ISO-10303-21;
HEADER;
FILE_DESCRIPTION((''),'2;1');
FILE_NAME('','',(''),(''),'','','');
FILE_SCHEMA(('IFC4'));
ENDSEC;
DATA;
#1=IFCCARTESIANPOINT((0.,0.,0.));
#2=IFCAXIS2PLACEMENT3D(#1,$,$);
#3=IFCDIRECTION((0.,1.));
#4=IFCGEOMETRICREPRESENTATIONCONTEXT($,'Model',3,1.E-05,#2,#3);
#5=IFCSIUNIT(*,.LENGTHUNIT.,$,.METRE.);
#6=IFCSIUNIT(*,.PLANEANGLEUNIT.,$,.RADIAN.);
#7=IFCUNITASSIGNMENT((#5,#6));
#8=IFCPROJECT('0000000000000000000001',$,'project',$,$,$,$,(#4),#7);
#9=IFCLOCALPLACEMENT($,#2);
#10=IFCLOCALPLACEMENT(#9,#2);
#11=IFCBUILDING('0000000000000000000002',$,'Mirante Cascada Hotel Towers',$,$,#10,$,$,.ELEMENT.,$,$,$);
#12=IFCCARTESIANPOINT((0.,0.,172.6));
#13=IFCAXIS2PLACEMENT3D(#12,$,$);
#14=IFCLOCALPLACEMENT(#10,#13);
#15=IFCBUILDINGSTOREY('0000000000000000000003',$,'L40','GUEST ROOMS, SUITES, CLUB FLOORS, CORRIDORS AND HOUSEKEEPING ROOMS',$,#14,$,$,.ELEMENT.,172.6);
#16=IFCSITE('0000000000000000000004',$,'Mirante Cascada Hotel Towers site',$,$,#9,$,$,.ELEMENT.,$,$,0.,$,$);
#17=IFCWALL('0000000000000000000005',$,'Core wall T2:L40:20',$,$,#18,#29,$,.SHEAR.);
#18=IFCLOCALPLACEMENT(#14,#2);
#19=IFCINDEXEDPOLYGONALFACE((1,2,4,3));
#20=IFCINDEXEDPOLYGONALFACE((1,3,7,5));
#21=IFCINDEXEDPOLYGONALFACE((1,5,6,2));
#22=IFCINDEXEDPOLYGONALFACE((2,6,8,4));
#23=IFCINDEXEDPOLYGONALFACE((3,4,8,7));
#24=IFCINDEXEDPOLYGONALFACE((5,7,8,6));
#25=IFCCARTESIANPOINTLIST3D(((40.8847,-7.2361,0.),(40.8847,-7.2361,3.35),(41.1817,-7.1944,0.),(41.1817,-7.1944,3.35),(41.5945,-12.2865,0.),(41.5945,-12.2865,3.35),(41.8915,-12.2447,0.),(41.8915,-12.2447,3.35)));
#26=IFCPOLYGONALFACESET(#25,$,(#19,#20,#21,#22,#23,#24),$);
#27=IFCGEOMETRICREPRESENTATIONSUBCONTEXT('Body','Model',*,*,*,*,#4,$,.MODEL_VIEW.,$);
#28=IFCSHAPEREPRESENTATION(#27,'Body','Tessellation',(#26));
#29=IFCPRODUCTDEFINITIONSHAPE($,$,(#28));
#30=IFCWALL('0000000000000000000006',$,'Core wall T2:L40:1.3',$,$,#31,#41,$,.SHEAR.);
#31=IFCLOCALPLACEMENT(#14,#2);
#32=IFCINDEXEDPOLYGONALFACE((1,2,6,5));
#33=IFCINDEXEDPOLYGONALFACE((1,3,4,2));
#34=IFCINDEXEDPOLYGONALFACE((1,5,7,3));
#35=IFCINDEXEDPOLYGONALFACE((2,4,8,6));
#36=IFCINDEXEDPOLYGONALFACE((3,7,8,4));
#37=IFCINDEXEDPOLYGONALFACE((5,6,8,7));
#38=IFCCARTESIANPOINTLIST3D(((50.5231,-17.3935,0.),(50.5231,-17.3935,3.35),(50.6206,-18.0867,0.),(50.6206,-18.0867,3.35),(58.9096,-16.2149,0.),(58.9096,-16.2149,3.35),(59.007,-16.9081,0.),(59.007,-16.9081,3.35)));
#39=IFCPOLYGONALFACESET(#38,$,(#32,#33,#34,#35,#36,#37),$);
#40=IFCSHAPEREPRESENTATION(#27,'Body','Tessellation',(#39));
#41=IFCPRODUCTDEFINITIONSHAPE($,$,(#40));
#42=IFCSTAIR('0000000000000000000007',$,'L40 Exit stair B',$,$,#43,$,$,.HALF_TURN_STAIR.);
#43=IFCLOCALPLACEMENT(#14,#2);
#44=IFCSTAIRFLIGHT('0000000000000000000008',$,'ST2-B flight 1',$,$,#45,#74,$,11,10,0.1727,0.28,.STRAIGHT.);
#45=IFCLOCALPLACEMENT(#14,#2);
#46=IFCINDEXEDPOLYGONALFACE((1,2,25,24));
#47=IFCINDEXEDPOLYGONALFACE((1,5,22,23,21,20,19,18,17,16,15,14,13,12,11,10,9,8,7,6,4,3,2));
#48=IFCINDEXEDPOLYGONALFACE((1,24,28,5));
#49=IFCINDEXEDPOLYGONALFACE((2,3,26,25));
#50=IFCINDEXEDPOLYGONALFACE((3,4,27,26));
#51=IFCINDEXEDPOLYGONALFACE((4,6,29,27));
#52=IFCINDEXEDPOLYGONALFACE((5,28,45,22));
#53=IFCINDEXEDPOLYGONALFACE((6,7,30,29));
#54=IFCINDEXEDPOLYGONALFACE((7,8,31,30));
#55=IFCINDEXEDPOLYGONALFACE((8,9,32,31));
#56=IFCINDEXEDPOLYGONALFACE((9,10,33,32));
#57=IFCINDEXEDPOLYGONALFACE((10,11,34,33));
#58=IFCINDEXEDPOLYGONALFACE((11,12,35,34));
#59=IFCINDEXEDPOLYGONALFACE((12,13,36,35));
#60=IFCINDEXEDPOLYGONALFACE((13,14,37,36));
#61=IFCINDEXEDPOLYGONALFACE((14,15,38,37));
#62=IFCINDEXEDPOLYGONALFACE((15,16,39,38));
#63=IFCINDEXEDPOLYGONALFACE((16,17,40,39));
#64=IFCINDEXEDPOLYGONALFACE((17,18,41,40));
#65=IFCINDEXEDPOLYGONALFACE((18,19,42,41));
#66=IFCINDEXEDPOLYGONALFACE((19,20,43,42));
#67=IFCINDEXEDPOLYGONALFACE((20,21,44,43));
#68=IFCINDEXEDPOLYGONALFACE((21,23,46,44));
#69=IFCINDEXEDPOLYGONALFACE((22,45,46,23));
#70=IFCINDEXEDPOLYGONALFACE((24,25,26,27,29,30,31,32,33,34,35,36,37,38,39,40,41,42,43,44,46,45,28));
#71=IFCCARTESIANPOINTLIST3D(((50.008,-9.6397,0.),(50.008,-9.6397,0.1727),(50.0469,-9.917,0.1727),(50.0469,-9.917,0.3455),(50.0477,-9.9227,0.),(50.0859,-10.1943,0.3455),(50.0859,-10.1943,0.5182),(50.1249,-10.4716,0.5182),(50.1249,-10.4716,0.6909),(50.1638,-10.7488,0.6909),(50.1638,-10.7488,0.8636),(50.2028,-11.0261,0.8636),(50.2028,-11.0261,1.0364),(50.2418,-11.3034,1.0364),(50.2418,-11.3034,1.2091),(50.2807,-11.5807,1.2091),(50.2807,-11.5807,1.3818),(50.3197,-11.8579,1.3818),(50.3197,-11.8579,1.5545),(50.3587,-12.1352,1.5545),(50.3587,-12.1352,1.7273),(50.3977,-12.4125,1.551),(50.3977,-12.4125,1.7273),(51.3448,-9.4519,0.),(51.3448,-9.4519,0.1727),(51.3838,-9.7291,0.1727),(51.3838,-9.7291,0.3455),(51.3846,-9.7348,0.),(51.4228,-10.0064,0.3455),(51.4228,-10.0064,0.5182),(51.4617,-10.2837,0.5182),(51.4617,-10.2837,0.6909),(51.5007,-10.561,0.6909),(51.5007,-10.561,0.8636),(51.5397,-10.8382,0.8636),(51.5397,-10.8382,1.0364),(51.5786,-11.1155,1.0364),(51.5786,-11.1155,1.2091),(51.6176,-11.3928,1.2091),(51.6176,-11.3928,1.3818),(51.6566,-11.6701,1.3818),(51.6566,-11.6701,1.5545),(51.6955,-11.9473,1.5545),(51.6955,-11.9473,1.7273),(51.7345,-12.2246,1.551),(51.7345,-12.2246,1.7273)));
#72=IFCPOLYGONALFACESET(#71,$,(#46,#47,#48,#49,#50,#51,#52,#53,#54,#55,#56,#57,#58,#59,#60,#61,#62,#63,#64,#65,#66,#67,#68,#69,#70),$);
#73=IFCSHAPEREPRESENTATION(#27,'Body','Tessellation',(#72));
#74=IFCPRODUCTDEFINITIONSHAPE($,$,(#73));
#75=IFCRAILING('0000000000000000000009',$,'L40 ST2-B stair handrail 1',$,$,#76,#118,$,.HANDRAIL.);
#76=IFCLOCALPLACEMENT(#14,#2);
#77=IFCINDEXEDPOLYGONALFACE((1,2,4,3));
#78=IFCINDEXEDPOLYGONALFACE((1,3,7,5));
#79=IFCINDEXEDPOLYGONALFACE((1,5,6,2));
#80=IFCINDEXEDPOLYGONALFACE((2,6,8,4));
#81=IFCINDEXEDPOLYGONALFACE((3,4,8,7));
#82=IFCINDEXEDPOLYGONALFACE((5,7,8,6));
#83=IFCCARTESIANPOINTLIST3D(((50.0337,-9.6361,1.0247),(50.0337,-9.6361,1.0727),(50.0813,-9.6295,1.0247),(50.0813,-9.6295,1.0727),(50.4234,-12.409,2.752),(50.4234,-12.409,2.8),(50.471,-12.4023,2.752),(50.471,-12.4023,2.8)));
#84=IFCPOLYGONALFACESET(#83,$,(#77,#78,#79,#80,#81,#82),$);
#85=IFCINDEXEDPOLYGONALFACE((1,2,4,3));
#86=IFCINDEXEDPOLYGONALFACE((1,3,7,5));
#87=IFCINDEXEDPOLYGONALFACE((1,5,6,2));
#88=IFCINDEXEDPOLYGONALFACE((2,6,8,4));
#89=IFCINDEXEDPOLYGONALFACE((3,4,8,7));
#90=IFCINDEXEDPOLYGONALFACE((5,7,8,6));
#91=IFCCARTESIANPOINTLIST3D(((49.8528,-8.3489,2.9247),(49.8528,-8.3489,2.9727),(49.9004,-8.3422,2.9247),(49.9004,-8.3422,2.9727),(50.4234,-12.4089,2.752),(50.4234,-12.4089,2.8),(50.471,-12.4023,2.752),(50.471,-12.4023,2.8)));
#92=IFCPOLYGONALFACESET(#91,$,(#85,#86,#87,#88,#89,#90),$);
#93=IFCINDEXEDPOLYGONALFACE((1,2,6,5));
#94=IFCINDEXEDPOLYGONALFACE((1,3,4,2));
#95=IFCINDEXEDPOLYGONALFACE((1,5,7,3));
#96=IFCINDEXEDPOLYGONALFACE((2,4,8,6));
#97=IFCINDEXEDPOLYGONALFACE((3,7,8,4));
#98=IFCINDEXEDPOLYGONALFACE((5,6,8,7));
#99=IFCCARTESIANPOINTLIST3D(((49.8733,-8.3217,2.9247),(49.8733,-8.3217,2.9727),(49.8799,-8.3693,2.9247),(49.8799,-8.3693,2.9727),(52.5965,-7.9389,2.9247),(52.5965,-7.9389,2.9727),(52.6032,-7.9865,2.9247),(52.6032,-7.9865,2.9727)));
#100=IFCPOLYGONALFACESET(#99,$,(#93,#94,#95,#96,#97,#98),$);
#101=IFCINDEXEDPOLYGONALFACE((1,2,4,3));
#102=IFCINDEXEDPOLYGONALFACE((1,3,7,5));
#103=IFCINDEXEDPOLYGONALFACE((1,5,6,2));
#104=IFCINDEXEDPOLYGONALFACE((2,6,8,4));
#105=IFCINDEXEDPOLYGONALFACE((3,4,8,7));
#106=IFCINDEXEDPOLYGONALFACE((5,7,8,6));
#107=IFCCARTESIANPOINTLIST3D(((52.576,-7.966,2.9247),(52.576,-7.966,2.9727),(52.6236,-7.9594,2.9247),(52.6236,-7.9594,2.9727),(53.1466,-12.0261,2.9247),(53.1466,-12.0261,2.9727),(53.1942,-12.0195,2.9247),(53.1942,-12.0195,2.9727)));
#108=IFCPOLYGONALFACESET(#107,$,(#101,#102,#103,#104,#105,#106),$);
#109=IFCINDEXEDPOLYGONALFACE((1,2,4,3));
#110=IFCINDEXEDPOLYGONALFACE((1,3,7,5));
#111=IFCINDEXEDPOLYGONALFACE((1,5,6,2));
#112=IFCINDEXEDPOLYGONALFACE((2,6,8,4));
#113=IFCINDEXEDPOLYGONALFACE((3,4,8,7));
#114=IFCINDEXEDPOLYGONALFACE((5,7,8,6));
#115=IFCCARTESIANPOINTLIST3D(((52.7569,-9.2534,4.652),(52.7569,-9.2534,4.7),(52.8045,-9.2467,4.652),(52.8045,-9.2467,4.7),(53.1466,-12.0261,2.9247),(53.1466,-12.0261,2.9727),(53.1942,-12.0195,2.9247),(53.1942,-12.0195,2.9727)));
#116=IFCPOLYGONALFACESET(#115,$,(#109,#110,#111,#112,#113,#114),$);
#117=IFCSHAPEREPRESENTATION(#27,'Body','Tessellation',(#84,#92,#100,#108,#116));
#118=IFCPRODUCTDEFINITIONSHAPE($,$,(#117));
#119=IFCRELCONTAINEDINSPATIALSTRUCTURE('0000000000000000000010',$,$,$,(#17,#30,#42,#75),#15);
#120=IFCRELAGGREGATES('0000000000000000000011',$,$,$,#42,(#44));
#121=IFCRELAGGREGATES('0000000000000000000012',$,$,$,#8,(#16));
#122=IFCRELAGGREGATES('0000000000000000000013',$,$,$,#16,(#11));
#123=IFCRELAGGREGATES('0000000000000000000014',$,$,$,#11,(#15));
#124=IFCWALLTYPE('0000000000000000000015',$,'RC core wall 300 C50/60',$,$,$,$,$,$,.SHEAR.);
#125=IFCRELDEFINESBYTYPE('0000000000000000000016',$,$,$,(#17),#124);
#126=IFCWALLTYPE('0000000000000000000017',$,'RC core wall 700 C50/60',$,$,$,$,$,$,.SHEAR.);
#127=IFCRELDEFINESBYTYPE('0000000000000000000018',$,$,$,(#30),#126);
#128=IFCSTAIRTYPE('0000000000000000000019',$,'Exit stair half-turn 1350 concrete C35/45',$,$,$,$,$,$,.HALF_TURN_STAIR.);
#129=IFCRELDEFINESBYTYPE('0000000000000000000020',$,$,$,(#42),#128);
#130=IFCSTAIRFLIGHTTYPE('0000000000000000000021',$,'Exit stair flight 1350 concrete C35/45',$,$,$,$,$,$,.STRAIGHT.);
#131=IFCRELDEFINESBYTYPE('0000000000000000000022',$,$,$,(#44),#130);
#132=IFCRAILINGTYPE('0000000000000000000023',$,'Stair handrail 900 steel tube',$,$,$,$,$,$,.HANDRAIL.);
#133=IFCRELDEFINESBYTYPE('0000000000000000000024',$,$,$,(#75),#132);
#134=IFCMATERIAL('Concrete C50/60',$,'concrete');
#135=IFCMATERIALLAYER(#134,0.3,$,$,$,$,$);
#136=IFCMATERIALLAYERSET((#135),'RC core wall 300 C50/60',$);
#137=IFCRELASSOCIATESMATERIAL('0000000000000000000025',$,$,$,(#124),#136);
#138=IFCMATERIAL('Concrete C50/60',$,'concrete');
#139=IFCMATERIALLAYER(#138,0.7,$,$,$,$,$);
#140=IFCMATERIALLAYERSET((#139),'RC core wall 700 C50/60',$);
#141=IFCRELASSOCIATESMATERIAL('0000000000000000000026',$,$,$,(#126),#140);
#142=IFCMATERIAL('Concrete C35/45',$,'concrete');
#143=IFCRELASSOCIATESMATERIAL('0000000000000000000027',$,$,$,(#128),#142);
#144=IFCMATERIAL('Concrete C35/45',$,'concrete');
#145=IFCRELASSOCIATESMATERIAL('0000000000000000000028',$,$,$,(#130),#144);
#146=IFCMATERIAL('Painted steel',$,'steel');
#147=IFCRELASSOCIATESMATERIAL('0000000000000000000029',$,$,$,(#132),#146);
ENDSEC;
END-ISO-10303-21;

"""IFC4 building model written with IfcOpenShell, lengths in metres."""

from ifc_helpers import new_model, si_unit, direction, frame, frame_2d, origin, origin_2d, place, context, subcontext, project, spatial, polyline, rectangle, outline, extrude, material, layer, layer_set, type_object, element, aggregate, save


model = new_model("IFC4")

# Units and contexts
model_context = context("Model", 3, precision=1e-05, world=origin(), true_north=direction((0.0, 1.0)))
body_context = subcontext(model_context, "Body", "Model", "MODEL_VIEW")
ifc_project = project(units=[si_unit("LENGTHUNIT", "METRE"), si_unit("PLANEANGLEUNIT", "RADIAN")], contexts=[model_context])

# Site, building, storey
site_placement = place(None, origin())
site = spatial("IfcSite", under=ifc_project, at=site_placement, Name="Mirante Cascada Hotel Towers site", CompositionType="ELEMENT", RefElevation=0.0)
building_placement = place(site_placement, origin())
building = spatial("IfcBuilding", under=site, at=building_placement, Name="Mirante Cascada Hotel Towers", CompositionType="ELEMENT")
storey_placement = place(building_placement, frame((0.0, 0.0, 172.6)))
storey = spatial("IfcBuildingStorey", under=building, at=storey_placement, Name="L40", Description="GUEST ROOMS, SUITES, CLUB FLOORS, CORRIDORS AND HOUSEKEEPING ROOMS", CompositionType="ELEMENT", Elevation=172.6)

# Shared definitions
ifc_material_1 = material(Name="Concrete C50/60", Category="concrete")
ifc_layer_1 = layer(ifc_material_1, 0.3)
ifc_layer_set_1 = layer_set([ifc_layer_1], Name="RC core wall 300 C50/60")
wall_type_1 = type_object("IfcWallType", Name="RC core wall 300 C50/60", PredefinedType="SHEAR", material=ifc_layer_set_1)

# Walls
wall_1_placement = place(storey_placement, frame((41.743, -12.2656, 0.0), z_axis=(0.0, 0.0, 1.0), x_axis=(-0.139176, 0.990268, 0.0)))
element("IfcWall", 1, at=wall_1_placement, inside=storey, type_object=wall_type_1, Name="Core wall T2:L40:20", PredefinedType="SHEAR", context=body_context, shape_type="SweptSolid", body=[
    extrude(rectangle(XDim=5.1, YDim=0.3, at=frame_2d((2.55, 0.0))), origin(), (0.0, 0.0, 1.0), 3.35),
])
ifc_material_2 = material(Name="Concrete C50/60", Category="concrete")
ifc_layer_2 = layer(ifc_material_2, 0.7)
ifc_layer_set_2 = layer_set([ifc_layer_2], Name="RC core wall 700 C50/60")
wall_type_2 = type_object("IfcWallType", Name="RC core wall 700 C50/60", PredefinedType="SHEAR", material=ifc_layer_set_2)
wall_2_placement = place(storey_placement, frame((50.5719, -17.7401, 0.0), z_axis=(0.0, 0.0, 1.0), x_axis=(0.990269, 0.139168, 0.0)))
element("IfcWall", 2, at=wall_2_placement, inside=storey, type_object=wall_type_2, Name="Core wall T2:L40:1.3", PredefinedType="SHEAR", context=body_context, shape_type="SweptSolid", body=[
    extrude(rectangle(XDim=8.4689, YDim=0.7, at=frame_2d((4.2344, 0.0))), origin(), (0.0, 0.0, 1.0), 3.35),
])

# Stair, stair flight
ifc_material_3 = material(Name="Concrete C35/45", Category="concrete")
stair_type = type_object("IfcStairType", Name="Exit stair half-turn 1350 concrete C35/45", PredefinedType="HALF_TURN_STAIR", material=ifc_material_3)
stair_placement = place(storey_placement, origin())
stair = element("IfcStair", 3, at=stair_placement, inside=storey, type_object=stair_type, Name="L40 Exit stair B", PredefinedType="HALF_TURN_STAIR")
ifc_material_4 = material(Name="Concrete C35/45", Category="concrete")
stair_flight_type = type_object("IfcStairFlightType", Name="Exit stair flight 1350 concrete C35/45", PredefinedType="STRAIGHT", material=ifc_material_4)
stair_flight_placement = place(storey_placement, frame((50.6764, -9.5458, 0.0), z_axis=(0.0, 0.0, 1.0), x_axis=(0.139173, -0.990268, 0.0)))
stair_flight = element("IfcStairFlight", 4, at=stair_flight_placement, type_object=stair_flight_type, Name="ST2-B flight 1", NumberOfRisers=11, NumberOfTreads=10, PredefinedType="STRAIGHT", RiserHeight=0.1727, TreadLength=0.28, context=body_context, shape_type="SweptSolid", body=[
    extrude(outline(polyline([(0.0, 0.0), (0.0, 0.1727), (0.28, 0.1727), (0.28, 0.3455), (0.56, 0.3455), (0.56, 0.5182), (0.84, 0.5182), (0.84, 0.6909), (1.12, 0.6909), (1.12, 0.8636), (1.4, 0.8636), (1.4, 1.0364), (1.68, 1.0364), (1.68, 1.2091), (1.96, 1.2091), (1.96, 1.3818), (2.24, 1.3818), (2.24, 1.5545), (2.52, 1.5545), (2.52, 1.7273), (2.8, 1.7273), (2.8, 1.9), (2.8, 1.551), (0.2857, 0.0), (0.0, 0.0)])), frame((0.0, 0.675, 0.0), z_axis=(0.0, -1.0, 0.0), x_axis=(1.0, 0.0, 0.0)), (0.0, 0.0, 1.0), 1.35),
])
aggregate(stair, [stair_flight])

# Railing
ifc_material_5 = material(Name="Painted steel", Category="steel")
railing_type = type_object("IfcRailingType", Name="Stair handrail 900 steel tube", PredefinedType="HANDRAIL", material=ifc_material_5)
railing_placement = place(storey_placement, frame((50.0575, -9.6328, 0.1727)))
element("IfcRailing", 5, at=railing_placement, inside=storey, type_object=railing_type, Name="L40 ST2-B stair handrail 1", PredefinedType="HANDRAIL", context=body_context, shape_type="SweptSolid", body=[
    extrude(rectangle(XDim=0.048, YDim=0.048, at=origin_2d()), frame((0.0, 0.0, 0.876), z_axis=(0.139176, -0.990268, 0.0), x_axis=(0.990268, 0.139176, 0.0)), (0.0, 0.525021, 0.851089), 3.29),
    extrude(rectangle(XDim=0.048, YDim=0.048, at=origin_2d()), frame((0.3897, -2.7728, 2.6033), z_axis=(-0.139171, 0.990268, 0.0), x_axis=(-0.990268, -0.139171, 0.0)), (0.0, 0.042085, 0.999114), 4.1036),
    extrude(rectangle(XDim=0.048, YDim=0.048, at=origin_2d()), frame((-0.1809, 1.2873, 2.776), z_axis=(0.990264, 0.139201, 0.0), x_axis=(-0.139201, 0.990264, 0.0)), (0.0, 0.0, 1.0), 2.75),
    extrude(rectangle(XDim=0.048, YDim=0.048, at=origin_2d()), frame((2.5423, 1.6701, 2.776), z_axis=(0.139171, -0.990268, 0.0), x_axis=(0.990268, 0.139171, 0.0)), (0.0, 0.0, 1.0), 4.1),
    extrude(rectangle(XDim=0.048, YDim=0.048, at=origin_2d()), frame((3.1129, -2.39, 2.776), z_axis=(-0.139181, 0.990267, 0.0), x_axis=(-0.990267, -0.139181, 0.0)), (0.0, 0.525035, 0.851081), 3.2899),
])

save(model, "model.ifc")
